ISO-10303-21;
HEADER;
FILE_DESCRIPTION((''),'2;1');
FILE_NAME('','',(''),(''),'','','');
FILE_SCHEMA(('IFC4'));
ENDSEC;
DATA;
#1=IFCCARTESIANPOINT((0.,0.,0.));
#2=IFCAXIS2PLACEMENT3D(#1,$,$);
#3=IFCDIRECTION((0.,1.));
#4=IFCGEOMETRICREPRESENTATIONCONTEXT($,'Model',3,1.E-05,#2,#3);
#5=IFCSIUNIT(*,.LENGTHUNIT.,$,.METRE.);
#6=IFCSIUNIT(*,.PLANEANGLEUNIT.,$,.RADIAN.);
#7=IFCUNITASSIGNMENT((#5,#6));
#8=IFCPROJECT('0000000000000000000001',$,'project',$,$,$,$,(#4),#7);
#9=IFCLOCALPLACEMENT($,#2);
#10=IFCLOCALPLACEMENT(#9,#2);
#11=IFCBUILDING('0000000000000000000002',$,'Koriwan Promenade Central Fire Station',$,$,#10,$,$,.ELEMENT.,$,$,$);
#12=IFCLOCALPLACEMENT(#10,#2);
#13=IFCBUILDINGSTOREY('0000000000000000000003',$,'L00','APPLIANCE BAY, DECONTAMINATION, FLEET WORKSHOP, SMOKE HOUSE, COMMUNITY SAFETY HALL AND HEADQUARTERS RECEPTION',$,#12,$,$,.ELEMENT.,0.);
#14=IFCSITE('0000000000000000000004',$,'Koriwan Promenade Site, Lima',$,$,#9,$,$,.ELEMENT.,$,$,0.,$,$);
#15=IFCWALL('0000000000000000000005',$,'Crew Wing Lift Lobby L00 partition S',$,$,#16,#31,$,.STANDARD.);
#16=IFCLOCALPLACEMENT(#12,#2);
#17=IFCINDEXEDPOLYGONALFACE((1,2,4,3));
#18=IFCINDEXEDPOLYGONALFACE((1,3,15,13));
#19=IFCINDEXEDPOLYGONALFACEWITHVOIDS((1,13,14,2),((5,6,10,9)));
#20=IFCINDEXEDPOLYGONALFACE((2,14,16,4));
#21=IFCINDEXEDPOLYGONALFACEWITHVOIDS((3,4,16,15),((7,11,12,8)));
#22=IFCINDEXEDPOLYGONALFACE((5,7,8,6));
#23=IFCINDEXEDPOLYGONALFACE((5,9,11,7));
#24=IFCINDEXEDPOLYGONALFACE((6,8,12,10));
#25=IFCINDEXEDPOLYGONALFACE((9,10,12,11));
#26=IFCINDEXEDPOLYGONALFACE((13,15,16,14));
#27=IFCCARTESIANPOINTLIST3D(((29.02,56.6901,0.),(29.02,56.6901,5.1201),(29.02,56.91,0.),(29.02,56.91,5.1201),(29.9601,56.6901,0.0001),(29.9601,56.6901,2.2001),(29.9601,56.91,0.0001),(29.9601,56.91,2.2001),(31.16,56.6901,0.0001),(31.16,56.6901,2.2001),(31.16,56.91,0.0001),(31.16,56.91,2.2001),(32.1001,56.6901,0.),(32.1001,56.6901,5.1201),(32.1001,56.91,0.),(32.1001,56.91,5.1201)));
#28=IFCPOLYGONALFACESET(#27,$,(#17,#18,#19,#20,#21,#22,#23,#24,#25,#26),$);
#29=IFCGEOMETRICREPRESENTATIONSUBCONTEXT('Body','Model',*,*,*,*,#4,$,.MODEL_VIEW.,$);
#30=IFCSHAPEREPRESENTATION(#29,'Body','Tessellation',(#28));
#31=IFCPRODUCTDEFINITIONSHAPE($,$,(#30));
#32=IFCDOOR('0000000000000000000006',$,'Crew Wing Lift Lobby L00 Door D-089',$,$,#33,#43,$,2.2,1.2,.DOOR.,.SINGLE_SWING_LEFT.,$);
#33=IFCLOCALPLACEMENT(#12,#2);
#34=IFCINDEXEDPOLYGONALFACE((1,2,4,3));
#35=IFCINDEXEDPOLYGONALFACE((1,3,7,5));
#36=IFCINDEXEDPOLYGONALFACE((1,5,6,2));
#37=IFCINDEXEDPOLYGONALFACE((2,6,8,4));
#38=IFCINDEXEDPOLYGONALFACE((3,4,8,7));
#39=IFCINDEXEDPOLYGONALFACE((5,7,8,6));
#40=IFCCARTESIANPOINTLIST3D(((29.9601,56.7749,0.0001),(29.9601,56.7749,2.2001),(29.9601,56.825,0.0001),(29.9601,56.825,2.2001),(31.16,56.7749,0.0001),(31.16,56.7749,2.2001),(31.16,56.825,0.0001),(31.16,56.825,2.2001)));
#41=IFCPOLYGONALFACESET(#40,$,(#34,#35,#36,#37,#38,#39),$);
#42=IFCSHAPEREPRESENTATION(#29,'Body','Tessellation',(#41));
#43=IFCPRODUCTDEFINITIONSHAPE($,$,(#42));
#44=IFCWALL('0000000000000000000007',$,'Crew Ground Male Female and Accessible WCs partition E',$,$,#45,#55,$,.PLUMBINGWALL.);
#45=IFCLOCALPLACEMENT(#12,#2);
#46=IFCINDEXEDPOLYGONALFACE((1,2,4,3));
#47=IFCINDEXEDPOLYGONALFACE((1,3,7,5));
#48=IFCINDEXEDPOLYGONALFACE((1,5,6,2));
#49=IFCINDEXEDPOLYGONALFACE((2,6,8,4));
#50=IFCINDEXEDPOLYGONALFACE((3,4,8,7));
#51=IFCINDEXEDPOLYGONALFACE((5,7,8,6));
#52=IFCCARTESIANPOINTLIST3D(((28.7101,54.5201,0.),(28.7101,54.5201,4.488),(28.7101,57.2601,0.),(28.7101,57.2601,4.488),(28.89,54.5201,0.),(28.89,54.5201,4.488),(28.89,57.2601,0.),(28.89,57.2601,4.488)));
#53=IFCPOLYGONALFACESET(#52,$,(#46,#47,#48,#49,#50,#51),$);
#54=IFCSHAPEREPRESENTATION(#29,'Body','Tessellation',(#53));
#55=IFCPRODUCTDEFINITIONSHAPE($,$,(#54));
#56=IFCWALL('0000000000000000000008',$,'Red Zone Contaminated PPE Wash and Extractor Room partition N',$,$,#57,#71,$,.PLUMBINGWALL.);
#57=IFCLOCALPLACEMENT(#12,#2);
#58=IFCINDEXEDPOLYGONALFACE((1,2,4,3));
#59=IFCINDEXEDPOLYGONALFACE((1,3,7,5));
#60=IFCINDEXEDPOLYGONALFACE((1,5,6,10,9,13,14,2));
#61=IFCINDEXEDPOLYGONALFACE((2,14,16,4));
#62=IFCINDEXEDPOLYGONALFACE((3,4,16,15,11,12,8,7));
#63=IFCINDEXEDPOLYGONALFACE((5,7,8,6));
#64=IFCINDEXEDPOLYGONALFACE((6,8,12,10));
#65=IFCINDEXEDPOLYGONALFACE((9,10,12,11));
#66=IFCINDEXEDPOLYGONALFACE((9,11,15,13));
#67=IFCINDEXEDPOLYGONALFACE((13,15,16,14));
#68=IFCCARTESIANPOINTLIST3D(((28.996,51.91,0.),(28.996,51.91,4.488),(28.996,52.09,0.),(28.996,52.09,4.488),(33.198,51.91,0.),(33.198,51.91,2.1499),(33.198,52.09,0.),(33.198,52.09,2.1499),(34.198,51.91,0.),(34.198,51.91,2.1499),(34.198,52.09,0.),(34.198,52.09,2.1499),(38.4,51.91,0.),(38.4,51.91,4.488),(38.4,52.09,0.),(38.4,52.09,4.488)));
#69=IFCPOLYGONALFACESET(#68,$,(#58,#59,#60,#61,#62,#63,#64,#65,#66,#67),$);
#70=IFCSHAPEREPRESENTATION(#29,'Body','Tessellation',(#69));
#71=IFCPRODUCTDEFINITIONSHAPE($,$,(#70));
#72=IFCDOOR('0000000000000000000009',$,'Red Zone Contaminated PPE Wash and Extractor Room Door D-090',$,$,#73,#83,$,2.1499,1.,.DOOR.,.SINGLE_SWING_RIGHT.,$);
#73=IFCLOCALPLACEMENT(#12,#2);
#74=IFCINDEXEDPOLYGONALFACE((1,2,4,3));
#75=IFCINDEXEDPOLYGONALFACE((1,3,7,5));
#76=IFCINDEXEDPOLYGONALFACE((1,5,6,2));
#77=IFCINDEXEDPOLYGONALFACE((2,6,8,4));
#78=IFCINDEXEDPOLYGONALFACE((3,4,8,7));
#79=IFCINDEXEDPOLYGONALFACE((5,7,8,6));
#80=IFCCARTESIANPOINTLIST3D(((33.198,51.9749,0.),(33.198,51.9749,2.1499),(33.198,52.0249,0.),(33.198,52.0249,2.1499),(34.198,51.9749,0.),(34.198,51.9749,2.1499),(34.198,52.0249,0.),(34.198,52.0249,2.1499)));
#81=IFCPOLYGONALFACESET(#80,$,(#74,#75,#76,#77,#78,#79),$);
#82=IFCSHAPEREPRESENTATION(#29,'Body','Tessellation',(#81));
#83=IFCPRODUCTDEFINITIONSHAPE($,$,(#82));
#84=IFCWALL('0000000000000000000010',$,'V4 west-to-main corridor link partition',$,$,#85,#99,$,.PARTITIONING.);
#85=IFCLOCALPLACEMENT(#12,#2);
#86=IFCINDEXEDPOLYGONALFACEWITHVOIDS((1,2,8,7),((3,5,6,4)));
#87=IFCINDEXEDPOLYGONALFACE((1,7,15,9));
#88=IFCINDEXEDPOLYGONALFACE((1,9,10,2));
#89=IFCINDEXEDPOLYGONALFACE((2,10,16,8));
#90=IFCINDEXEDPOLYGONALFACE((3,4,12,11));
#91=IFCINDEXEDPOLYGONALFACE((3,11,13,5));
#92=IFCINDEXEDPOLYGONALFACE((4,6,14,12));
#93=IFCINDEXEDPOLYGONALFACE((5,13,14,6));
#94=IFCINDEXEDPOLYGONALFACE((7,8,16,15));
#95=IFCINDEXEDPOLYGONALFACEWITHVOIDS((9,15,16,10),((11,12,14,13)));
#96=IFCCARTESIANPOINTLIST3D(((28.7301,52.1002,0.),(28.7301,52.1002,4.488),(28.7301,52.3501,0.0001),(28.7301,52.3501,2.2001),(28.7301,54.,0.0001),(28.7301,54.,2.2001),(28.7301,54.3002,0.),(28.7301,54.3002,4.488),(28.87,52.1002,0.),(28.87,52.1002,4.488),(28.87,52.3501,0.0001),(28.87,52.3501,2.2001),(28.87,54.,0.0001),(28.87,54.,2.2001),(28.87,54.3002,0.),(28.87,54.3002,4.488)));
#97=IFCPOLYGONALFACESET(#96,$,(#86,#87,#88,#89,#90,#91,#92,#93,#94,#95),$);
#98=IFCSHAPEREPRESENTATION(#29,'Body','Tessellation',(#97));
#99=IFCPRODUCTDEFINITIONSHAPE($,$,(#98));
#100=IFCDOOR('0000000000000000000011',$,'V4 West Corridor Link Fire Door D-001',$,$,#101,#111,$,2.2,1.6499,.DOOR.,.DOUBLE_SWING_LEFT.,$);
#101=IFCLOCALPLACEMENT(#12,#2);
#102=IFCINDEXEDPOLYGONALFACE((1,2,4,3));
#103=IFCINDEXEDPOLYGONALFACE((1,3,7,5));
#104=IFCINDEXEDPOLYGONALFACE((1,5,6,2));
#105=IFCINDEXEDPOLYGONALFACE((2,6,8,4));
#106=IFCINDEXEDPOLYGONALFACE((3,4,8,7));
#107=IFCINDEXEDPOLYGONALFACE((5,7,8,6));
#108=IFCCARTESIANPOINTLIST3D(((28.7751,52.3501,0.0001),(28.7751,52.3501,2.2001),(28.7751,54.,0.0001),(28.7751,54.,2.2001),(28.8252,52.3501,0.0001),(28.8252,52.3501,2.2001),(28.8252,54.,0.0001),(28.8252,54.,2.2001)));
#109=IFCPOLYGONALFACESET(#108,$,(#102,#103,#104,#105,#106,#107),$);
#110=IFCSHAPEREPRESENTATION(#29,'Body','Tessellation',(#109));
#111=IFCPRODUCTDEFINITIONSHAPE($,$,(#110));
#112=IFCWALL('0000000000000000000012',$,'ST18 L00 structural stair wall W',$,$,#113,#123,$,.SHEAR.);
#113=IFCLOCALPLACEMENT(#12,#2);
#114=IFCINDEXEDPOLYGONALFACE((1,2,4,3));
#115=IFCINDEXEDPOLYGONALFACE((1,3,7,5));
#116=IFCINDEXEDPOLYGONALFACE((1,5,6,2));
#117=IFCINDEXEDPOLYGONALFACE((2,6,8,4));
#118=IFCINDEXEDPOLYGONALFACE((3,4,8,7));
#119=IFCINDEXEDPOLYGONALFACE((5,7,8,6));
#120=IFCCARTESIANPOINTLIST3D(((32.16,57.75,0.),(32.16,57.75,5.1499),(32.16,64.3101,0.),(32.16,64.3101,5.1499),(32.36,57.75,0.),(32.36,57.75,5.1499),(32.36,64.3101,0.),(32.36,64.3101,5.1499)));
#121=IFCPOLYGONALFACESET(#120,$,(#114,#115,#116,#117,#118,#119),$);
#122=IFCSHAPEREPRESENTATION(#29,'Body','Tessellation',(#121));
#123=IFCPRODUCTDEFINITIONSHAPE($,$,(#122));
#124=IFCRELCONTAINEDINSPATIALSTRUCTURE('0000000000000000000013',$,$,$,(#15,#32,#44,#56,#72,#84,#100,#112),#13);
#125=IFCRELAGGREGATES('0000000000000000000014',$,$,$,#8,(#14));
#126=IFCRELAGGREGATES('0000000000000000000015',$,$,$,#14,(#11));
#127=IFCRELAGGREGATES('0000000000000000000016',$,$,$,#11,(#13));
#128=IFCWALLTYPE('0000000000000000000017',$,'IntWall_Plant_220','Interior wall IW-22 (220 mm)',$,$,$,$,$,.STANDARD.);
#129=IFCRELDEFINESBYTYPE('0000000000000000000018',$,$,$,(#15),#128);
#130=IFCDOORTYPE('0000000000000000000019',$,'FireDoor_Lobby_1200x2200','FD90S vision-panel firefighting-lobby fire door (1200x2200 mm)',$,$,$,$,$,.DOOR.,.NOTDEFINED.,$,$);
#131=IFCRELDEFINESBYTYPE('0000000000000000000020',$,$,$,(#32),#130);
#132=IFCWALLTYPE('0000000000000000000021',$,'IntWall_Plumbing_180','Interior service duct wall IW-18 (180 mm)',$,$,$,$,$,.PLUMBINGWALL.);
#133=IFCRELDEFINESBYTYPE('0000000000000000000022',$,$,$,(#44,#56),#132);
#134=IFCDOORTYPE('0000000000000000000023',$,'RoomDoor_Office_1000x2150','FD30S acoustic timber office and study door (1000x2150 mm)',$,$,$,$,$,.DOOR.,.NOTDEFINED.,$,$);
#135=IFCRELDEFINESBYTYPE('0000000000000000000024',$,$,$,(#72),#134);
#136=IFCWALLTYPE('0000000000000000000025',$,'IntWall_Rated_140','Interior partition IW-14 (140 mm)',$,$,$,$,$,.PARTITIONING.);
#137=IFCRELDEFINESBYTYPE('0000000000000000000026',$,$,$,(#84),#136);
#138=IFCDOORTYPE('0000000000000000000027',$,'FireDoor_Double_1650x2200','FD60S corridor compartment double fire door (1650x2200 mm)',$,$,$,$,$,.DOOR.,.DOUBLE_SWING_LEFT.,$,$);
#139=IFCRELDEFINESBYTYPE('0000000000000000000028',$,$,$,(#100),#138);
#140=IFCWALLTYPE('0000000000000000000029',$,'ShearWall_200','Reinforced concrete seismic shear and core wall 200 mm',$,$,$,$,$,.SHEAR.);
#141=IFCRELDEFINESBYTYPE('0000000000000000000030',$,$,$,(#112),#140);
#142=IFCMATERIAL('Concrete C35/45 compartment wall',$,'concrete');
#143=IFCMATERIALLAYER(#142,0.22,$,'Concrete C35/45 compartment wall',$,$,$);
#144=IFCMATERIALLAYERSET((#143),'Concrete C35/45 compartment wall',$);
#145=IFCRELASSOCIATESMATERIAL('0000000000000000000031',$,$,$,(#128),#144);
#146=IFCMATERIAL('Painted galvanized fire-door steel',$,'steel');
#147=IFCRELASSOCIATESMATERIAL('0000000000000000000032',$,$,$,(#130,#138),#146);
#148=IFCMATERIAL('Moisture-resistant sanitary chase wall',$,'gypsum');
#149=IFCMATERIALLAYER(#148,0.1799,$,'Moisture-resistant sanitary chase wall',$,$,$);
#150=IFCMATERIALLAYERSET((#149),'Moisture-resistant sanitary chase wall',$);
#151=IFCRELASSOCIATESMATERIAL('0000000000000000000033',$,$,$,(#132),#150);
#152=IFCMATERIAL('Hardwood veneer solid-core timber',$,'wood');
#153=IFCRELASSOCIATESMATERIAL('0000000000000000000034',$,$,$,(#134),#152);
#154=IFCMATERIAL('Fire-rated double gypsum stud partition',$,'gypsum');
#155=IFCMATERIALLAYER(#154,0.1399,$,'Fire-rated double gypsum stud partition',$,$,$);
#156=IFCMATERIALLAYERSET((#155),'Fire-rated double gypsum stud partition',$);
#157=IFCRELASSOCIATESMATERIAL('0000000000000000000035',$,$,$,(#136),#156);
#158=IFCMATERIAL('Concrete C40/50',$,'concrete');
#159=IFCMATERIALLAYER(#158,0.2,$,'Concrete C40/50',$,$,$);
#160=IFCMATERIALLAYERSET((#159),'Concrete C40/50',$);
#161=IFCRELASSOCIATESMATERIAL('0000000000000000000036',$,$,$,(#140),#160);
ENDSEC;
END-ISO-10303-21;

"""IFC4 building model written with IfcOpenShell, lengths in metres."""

from ifc_helpers import new_model, si_unit, direction, frame, frame_2d, origin, place, context, subcontext, project, spatial, rectangle, extrude, material, layer, layer_set, type_object, element, fill, save


model = new_model("IFC4")

# Units and contexts
model_context = context("Model", 3, precision=1e-05, world=origin(), true_north=direction((0.0, 1.0)))
body_context = subcontext(model_context, "Body", "Model", "MODEL_VIEW")
ifc_project = project(units=[si_unit("LENGTHUNIT", "METRE"), si_unit("PLANEANGLEUNIT", "RADIAN")], contexts=[model_context])

# Site, building, storey
site_placement = place(None, origin())
site = spatial("IfcSite", under=ifc_project, at=site_placement, Name="Koriwan Promenade Site, Lima", CompositionType="ELEMENT", RefElevation=0.0)
building_placement = place(site_placement, origin())
building = spatial("IfcBuilding", under=site, at=building_placement, Name="Koriwan Promenade Central Fire Station", CompositionType="ELEMENT")
storey_placement = place(building_placement, origin())
storey = spatial("IfcBuildingStorey", under=building, at=storey_placement, Name="L00", Description="APPLIANCE BAY, DECONTAMINATION, FLEET WORKSHOP, SMOKE HOUSE, COMMUNITY SAFETY HALL AND HEADQUARTERS RECEPTION", CompositionType="ELEMENT", Elevation=0.0)

# Shared definitions
ifc_material_1 = material(Name="Concrete C40/50", Category="concrete")

# Wall, opening, door
ifc_material_2 = material(Name="Concrete C35/45 compartment wall", Category="concrete")
ifc_layer_1 = layer(ifc_material_2, 0.22, Name="Concrete C35/45 compartment wall")
ifc_layer_set_1 = layer_set([ifc_layer_1], Name="Concrete C35/45 compartment wall")
wall_type_1 = type_object("IfcWallType", Name="IntWall_Plant_220", Description="Interior wall IW-22 (220 mm)", PredefinedType="STANDARD", material=ifc_layer_set_1)
wall_1_placement = place(storey_placement, frame((29.02, 56.8, 0.0), z_axis=(0.0, 0.0, 1.0), x_axis=(1.0, 0.0, 0.0)))
wall_1 = element("IfcWall", 1, at=wall_1_placement, inside=storey, type_object=wall_type_1, Name="Crew Wing Lift Lobby L00 partition S", PredefinedType="STANDARD", context=body_context, shape_type="SweptSolid", body=[
    extrude(rectangle(XDim=3.0801, YDim=0.22, at=frame_2d((1.54, 0.0))), origin(), (0.0, 0.0, 1.0), 5.1201),
])
opening_1_placement = place(wall_1_placement, frame((0.9399, 0.0, 0.0)))
opening_1 = element("IfcOpeningElement", 2, at=opening_1_placement, cuts=wall_1, PredefinedType="OPENING", context=body_context, shape_type="SweptSolid", body=[
    extrude(rectangle(XDim=1.2, YDim=2.2, at=frame_2d((0.6001, 1.1001))), frame((0.0, 0.1221, 0.0), z_axis=(0.0, -1.0, 0.0), x_axis=(1.0, 0.0, 0.0)), (0.0, 0.0, 1.0), 0.2439),
])
ifc_material_3 = material(Name="Painted galvanized fire-door steel", Category="steel")
door_type_1 = type_object("IfcDoorType", Name="FireDoor_Lobby_1200x2200", Description="FD90S vision-panel firefighting-lobby fire door (1200x2200 mm)", OperationType="NOTDEFINED", PredefinedType="DOOR", material=ifc_material_3)
door_1_placement = place(opening_1_placement, origin())
door_1 = element("IfcDoor", 3, at=door_1_placement, inside=storey, type_object=door_type_1, Name="Crew Wing Lift Lobby L00 Door D-089", OperationType="SINGLE_SWING_LEFT", OverallHeight=2.2, OverallWidth=1.2, PredefinedType="DOOR", context=body_context, shape_type="SweptSolid", body=[
    extrude(rectangle(XDim=1.2, YDim=2.2, at=frame_2d((0.6001, 1.1001))), frame((0.0, 0.0249, 0.0), z_axis=(0.0, -1.0, 0.0), x_axis=(1.0, 0.0, 0.0)), (0.0, 0.0, 1.0), 0.05),
])
fill(opening_1, door_1)

# Wall
ifc_material_4 = material(Name="Moisture-resistant sanitary chase wall", Category="gypsum")
ifc_layer_2 = layer(ifc_material_4, 0.1799, Name="Moisture-resistant sanitary chase wall")
ifc_layer_set_2 = layer_set([ifc_layer_2], Name="Moisture-resistant sanitary chase wall")
wall_type_2 = type_object("IfcWallType", Name="IntWall_Plumbing_180", Description="Interior service duct wall IW-18 (180 mm)", PredefinedType="PLUMBINGWALL", material=ifc_layer_set_2)
wall_2_placement = place(storey_placement, frame((28.8, 54.52, 0.0), z_axis=(0.0, 0.0, 1.0), x_axis=(0.0, 1.0, 0.0)))
element("IfcWall", 4, at=wall_2_placement, inside=storey, type_object=wall_type_2, Name="Crew Ground Male Female and Accessible WCs partition E", PredefinedType="PLUMBINGWALL", context=body_context, shape_type="SweptSolid", body=[
    extrude(rectangle(XDim=2.74, YDim=0.1799, at=frame_2d((1.3701, 0.0))), origin(), (0.0, 0.0, 1.0), 4.488),
])

# Walls, openings, doors
wall_3_placement = place(storey_placement, frame((28.9958, 52.0, 0.0), z_axis=(0.0, 0.0, 1.0), x_axis=(1.0, 0.0, 0.0)))
wall_3 = element("IfcWall", 5, at=wall_3_placement, inside=storey, type_object=wall_type_2, Name="Red Zone Contaminated PPE Wash and Extractor Room partition N", PredefinedType="PLUMBINGWALL", context=body_context, shape_type="SweptSolid", body=[
    extrude(rectangle(XDim=9.4041, YDim=0.1799, at=frame_2d((4.7021, 0.0))), origin(), (0.0, 0.0, 1.0), 4.488),
])
opening_2_placement = place(wall_3_placement, frame((4.2021, 0.0, 0.0)))
opening_2 = element("IfcOpeningElement", 6, at=opening_2_placement, cuts=wall_3, PredefinedType="OPENING", context=body_context, shape_type="SweptSolid", body=[
    extrude(rectangle(XDim=1.0, YDim=2.1499, at=frame_2d((0.5, 1.075))), frame((0.0, 0.1021, 0.0), z_axis=(0.0, -1.0, 0.0), x_axis=(1.0, 0.0, 0.0)), (0.0, 0.0, 1.0), 0.2039),
])
ifc_material_5 = material(Name="Hardwood veneer solid-core timber", Category="wood")
door_type_2 = type_object("IfcDoorType", Name="RoomDoor_Office_1000x2150", Description="FD30S acoustic timber office and study door (1000x2150 mm)", OperationType="NOTDEFINED", PredefinedType="DOOR", material=ifc_material_5)
door_2_placement = place(opening_2_placement, origin())
door_2 = element("IfcDoor", 7, at=door_2_placement, inside=storey, type_object=door_type_2, Name="Red Zone Contaminated PPE Wash and Extractor Room Door D-090", OperationType="SINGLE_SWING_RIGHT", OverallHeight=2.1499, OverallWidth=1.0, PredefinedType="DOOR", context=body_context, shape_type="SweptSolid", body=[
    extrude(rectangle(XDim=1.0, YDim=2.1499, at=frame_2d((0.5, 1.075))), frame((0.0, 0.0249, 0.0), z_axis=(0.0, -1.0, 0.0), x_axis=(1.0, 0.0, 0.0)), (0.0, 0.0, 1.0), 0.05),
])
fill(opening_2, door_2)
ifc_material_6 = material(Name="Fire-rated double gypsum stud partition", Category="gypsum")
ifc_layer_3 = layer(ifc_material_6, 0.1399, Name="Fire-rated double gypsum stud partition")
ifc_layer_set_3 = layer_set([ifc_layer_3], Name="Fire-rated double gypsum stud partition")
wall_type_3 = type_object("IfcWallType", Name="IntWall_Rated_140", Description="Interior partition IW-14 (140 mm)", PredefinedType="PARTITIONING", material=ifc_layer_set_3)
wall_4_placement = place(storey_placement, frame((28.8, 52.1001, 0.0), z_axis=(0.0, 0.0, 1.0), x_axis=(0.0, 1.0, 0.0)))
wall_4 = element("IfcWall", 8, at=wall_4_placement, inside=storey, type_object=wall_type_3, Name="V4 west-to-main corridor link partition", PredefinedType="PARTITIONING", context=body_context, shape_type="SweptSolid", body=[
    extrude(rectangle(XDim=2.2, YDim=0.1399, at=frame_2d((1.1001, 0.0))), origin(), (0.0, 0.0, 1.0), 4.488),
])
opening_3_placement = place(wall_4_placement, frame((0.25, 0.0, 0.0)))
opening_3 = element("IfcOpeningElement", 9, at=opening_3_placement, cuts=wall_4, PredefinedType="OPENING", context=body_context, shape_type="SweptSolid", body=[
    extrude(rectangle(XDim=1.6499, YDim=2.2, at=frame_2d((0.825, 1.1001))), frame((0.0, 0.082, 0.0), z_axis=(0.0, -1.0, 0.0), x_axis=(1.0, 0.0, 0.0)), (0.0, 0.0, 1.0), 0.1638),
])
door_type_3 = type_object("IfcDoorType", Name="FireDoor_Double_1650x2200", Description="FD60S corridor compartment double fire door (1650x2200 mm)", OperationType="DOUBLE_SWING_LEFT", PredefinedType="DOOR", material=ifc_material_3)
door_3_placement = place(opening_3_placement, origin())
door_3 = element("IfcDoor", 10, at=door_3_placement, inside=storey, type_object=door_type_3, Name="V4 West Corridor Link Fire Door D-001", OperationType="DOUBLE_SWING_LEFT", OverallHeight=2.2, OverallWidth=1.6499, PredefinedType="DOOR", context=body_context, shape_type="SweptSolid", body=[
    extrude(rectangle(XDim=1.6499, YDim=2.2, at=frame_2d((0.825, 1.1001))), frame((0.0, 0.0249, 0.0), z_axis=(0.0, -1.0, 0.0), x_axis=(1.0, 0.0, 0.0)), (0.0, 0.0, 1.0), 0.05),
])
fill(opening_3, door_3)
ifc_layer_4 = layer(ifc_material_1, 0.2, Name="Concrete C40/50")
ifc_layer_set_4 = layer_set([ifc_layer_4], Name="Concrete C40/50")
wall_type_4 = type_object("IfcWallType", Name="ShearWall_200", Description="Reinforced concrete seismic shear and core wall 200 mm", PredefinedType="SHEAR", material=ifc_layer_set_4)

# Wall
wall_5_placement = place(storey_placement, frame((32.26, 57.75, 0.0), z_axis=(0.0, 0.0, 1.0), x_axis=(0.0, 1.0, 0.0)))
element("IfcWall", 11, at=wall_5_placement, inside=storey, type_object=wall_type_4, Name="ST18 L00 structural stair wall W", PredefinedType="SHEAR", context=body_context, shape_type="SweptSolid", body=[
    extrude(rectangle(XDim=6.5601, YDim=0.2, at=frame_2d((3.28, 0.0))), origin(), (0.0, 0.0, 1.0), 5.1499),
])

save(model, "model.ifc")
